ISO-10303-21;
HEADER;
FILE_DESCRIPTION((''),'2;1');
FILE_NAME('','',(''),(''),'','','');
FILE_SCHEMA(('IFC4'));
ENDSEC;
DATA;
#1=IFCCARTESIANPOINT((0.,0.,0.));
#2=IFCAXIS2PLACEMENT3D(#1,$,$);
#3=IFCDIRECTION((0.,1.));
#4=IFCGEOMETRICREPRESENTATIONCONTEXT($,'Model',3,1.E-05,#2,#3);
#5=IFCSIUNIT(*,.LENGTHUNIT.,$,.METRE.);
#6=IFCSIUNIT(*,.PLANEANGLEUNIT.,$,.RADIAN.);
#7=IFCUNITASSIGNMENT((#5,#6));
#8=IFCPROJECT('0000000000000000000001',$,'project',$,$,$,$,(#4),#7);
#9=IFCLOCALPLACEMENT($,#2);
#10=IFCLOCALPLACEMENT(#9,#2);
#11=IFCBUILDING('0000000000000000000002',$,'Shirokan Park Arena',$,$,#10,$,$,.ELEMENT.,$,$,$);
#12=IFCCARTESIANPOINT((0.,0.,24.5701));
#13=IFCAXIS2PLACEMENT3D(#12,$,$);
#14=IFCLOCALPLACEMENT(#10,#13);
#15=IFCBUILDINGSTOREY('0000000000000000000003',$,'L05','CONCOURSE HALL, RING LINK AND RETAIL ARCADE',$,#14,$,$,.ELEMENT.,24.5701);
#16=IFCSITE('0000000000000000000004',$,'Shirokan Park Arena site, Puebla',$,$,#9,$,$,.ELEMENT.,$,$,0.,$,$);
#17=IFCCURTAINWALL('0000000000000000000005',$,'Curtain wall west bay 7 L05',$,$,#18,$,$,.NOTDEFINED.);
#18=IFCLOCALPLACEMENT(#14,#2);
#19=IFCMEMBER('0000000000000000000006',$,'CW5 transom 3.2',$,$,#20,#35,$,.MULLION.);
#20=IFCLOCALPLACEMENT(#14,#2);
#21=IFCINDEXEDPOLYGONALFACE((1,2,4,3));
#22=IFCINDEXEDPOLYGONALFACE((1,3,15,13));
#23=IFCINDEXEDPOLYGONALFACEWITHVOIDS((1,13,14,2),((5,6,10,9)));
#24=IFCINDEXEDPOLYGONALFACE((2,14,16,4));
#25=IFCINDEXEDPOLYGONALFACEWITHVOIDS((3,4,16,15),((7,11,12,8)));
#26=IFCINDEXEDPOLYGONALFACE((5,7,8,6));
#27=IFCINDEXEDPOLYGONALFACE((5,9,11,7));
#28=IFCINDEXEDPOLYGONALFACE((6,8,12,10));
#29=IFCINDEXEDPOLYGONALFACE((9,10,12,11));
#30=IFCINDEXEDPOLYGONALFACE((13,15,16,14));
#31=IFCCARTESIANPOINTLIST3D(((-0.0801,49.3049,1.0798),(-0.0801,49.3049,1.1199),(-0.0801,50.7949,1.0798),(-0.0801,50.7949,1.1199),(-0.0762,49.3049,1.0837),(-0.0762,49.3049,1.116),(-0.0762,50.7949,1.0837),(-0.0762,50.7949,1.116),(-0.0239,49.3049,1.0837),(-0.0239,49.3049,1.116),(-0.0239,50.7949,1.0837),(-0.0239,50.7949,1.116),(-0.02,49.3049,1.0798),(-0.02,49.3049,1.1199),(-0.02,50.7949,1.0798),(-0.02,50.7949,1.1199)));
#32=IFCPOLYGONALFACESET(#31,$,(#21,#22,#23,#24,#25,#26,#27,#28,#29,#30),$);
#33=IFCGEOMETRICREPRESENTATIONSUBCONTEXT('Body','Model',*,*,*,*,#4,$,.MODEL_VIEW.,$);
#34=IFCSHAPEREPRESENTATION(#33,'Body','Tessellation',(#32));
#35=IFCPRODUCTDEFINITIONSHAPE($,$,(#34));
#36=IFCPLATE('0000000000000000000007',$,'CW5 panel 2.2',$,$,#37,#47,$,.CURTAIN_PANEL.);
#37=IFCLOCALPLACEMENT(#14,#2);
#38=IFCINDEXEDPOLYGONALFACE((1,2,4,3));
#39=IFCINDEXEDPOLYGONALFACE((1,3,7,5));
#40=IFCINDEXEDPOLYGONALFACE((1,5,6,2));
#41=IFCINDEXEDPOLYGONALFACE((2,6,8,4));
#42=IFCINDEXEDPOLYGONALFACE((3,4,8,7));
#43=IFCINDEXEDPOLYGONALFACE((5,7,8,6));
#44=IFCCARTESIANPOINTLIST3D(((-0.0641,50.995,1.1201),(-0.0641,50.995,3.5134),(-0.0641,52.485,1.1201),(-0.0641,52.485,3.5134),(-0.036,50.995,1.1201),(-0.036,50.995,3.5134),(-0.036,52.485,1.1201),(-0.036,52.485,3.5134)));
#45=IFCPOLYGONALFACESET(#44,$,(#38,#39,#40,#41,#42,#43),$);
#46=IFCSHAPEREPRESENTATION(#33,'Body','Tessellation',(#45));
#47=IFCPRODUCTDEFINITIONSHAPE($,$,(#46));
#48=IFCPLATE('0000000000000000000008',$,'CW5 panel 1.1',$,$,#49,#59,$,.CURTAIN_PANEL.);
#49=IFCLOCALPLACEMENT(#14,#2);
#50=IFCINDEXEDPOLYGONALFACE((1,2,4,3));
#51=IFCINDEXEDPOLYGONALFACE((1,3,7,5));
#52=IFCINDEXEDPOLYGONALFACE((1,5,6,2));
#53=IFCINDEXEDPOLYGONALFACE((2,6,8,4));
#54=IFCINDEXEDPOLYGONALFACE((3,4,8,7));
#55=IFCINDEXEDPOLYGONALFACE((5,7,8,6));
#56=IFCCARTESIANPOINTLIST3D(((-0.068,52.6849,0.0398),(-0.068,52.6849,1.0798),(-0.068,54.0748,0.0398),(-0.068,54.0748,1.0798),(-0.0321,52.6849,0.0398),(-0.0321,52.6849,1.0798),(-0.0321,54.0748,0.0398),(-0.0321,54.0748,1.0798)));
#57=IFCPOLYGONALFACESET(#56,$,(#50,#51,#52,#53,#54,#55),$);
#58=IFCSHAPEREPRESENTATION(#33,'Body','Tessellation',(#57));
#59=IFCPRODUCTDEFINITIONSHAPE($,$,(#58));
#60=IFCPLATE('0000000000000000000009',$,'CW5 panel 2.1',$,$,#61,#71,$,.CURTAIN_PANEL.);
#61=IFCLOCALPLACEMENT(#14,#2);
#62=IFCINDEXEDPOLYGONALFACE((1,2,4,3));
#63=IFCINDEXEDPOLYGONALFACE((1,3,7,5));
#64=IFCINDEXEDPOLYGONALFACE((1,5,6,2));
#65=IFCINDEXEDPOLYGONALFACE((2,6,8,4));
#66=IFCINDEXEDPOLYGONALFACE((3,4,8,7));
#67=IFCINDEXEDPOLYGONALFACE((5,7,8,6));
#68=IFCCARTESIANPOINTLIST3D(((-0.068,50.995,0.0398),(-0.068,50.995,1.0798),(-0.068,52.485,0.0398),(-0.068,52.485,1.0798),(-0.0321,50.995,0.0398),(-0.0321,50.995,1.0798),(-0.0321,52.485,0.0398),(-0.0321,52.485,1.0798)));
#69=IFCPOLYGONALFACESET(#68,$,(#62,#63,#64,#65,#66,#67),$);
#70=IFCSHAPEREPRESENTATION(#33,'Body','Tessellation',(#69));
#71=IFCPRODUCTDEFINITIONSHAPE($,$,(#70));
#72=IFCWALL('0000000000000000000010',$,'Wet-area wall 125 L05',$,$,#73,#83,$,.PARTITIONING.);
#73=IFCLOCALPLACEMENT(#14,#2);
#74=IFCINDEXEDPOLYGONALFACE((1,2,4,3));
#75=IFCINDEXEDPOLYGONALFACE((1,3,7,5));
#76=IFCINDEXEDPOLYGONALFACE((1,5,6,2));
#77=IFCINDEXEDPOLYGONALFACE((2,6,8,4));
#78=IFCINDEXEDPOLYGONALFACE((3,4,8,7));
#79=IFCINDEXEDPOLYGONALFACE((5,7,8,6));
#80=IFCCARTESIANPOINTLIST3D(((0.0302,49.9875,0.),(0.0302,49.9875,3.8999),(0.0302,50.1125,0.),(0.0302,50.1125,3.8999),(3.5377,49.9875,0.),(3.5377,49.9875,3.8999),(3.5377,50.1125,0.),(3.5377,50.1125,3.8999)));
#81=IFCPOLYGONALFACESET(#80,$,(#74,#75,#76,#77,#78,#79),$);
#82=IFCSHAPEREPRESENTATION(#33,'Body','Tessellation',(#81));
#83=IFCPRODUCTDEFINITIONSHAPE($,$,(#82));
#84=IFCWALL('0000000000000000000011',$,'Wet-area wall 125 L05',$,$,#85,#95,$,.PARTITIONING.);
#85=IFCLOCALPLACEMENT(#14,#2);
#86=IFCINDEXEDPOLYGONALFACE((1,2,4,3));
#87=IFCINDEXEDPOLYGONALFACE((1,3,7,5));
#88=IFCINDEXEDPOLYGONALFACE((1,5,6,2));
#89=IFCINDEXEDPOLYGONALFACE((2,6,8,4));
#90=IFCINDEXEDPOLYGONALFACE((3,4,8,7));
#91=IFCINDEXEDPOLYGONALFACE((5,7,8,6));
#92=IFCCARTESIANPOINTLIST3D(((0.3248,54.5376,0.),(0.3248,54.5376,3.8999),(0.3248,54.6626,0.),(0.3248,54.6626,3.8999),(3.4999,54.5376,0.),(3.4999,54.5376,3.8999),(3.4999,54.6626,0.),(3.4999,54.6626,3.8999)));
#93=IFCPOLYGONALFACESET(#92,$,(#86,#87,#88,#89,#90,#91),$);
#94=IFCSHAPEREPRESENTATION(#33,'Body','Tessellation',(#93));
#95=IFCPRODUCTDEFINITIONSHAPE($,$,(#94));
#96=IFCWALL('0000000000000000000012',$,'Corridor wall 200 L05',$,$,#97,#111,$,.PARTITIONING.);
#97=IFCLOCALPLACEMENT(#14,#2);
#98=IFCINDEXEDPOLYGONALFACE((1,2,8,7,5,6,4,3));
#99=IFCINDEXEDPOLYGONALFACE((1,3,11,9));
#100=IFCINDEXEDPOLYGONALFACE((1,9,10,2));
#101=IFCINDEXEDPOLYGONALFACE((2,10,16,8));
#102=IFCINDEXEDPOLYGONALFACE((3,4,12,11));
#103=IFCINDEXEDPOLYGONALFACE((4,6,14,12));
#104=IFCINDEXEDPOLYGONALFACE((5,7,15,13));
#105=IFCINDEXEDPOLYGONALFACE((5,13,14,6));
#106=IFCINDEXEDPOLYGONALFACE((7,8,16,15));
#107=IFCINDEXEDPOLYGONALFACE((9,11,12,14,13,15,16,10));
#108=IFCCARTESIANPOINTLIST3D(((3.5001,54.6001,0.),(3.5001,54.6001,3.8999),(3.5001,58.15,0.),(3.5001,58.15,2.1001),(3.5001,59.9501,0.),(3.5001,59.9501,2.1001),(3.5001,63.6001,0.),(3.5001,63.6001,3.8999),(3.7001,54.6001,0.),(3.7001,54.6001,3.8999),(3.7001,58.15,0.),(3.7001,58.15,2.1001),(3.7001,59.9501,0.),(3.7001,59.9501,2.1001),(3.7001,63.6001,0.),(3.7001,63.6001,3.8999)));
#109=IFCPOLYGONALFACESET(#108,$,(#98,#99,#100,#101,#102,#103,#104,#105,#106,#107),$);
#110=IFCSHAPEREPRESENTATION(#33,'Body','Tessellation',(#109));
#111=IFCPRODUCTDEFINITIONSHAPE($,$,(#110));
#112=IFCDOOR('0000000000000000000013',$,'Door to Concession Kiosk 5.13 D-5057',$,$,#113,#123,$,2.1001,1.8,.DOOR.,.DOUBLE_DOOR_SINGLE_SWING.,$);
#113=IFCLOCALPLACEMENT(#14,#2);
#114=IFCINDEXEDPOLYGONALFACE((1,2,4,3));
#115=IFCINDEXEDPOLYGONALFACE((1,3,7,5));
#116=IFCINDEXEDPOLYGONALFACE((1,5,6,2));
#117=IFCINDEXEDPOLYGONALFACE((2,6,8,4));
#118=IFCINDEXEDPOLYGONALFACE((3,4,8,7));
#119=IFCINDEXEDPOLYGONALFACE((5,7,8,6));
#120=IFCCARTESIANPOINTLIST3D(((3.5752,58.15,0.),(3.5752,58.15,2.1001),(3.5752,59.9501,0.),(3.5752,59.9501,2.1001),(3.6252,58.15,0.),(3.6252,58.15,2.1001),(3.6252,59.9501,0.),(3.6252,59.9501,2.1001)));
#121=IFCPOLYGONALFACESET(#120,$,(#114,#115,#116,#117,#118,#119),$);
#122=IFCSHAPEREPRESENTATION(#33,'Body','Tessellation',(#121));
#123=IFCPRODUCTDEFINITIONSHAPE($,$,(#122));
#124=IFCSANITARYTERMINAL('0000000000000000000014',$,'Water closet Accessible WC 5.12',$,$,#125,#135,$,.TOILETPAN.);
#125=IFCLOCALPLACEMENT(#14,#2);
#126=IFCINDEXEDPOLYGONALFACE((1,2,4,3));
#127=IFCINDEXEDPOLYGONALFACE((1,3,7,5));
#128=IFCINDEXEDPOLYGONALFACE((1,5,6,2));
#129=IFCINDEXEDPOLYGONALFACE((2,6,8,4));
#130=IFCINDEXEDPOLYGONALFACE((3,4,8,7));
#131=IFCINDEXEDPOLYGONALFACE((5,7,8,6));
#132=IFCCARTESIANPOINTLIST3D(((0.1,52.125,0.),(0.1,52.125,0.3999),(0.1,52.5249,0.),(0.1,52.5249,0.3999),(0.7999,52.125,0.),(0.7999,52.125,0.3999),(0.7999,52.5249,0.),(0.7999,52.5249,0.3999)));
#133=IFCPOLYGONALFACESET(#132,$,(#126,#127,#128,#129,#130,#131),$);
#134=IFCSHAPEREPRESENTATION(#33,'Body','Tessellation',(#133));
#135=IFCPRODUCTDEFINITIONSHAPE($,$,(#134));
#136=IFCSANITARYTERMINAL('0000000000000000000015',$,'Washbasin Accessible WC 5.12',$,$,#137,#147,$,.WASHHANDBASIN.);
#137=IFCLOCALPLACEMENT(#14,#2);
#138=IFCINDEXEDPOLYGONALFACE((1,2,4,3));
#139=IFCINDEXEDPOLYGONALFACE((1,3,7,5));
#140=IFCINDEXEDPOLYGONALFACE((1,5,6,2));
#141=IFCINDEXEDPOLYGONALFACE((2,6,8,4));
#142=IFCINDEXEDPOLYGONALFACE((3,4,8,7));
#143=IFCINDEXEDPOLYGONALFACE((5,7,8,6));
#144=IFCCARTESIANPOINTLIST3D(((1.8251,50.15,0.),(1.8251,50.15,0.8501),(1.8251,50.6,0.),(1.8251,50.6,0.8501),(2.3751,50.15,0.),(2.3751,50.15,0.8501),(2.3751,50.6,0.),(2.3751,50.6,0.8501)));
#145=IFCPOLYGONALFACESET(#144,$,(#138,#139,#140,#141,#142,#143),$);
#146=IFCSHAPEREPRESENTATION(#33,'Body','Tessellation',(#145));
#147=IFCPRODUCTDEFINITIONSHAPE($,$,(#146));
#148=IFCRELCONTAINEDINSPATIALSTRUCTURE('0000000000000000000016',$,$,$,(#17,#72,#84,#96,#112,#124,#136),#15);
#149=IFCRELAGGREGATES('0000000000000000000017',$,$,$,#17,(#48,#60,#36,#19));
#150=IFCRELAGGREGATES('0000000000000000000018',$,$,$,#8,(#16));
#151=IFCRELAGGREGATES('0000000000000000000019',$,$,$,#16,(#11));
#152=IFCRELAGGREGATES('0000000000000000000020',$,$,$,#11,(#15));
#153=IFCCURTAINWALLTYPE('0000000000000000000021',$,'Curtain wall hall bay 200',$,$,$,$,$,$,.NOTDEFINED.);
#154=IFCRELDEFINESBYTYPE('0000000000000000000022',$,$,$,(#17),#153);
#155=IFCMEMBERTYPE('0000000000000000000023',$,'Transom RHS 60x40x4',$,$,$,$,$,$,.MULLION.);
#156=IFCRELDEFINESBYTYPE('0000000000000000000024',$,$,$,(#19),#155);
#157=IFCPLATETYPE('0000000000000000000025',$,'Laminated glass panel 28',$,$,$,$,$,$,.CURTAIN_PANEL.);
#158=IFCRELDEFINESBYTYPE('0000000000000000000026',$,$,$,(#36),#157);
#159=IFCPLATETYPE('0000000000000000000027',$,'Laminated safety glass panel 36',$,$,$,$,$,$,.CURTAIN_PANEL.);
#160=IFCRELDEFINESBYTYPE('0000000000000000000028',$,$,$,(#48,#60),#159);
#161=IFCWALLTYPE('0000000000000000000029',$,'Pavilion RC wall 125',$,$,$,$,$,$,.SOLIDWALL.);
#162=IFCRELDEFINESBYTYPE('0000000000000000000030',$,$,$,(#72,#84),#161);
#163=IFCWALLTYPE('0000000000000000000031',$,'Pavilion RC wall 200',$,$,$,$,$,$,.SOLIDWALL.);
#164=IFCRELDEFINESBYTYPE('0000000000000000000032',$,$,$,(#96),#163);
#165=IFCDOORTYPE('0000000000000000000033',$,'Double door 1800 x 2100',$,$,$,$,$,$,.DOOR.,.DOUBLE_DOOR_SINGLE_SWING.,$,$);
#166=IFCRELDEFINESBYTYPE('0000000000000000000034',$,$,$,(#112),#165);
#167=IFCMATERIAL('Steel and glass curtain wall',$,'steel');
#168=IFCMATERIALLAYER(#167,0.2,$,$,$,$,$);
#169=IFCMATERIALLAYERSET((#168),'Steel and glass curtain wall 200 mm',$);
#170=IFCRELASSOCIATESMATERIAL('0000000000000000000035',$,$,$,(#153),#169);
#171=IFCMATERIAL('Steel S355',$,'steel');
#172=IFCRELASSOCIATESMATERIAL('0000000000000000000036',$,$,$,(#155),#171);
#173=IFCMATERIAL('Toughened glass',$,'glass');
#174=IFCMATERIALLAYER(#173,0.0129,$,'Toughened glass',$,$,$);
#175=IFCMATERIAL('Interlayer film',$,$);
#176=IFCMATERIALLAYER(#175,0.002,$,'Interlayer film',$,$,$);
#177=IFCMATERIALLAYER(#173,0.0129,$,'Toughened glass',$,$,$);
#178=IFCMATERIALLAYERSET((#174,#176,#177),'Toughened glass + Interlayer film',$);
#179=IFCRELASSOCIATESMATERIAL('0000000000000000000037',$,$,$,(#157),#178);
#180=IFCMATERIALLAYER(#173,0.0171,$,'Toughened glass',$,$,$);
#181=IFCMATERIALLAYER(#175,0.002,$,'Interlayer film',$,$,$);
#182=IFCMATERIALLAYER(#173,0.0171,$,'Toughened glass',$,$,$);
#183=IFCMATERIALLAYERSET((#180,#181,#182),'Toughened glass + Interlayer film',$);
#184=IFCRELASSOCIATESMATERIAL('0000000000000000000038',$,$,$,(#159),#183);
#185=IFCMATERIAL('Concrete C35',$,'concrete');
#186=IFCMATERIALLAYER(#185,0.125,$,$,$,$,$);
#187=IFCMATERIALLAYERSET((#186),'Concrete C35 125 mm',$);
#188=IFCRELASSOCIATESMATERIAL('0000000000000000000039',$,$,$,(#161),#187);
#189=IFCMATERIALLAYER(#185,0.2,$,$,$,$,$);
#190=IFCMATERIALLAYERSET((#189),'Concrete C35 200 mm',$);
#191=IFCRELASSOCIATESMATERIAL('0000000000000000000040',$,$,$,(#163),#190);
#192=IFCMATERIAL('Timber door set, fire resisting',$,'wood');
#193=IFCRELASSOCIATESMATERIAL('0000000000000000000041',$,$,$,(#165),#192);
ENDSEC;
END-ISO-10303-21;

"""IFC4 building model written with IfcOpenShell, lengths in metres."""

from ifc_helpers import new_model, si_unit, direction, frame, frame_2d, origin, origin_2d, place, context, subcontext, project, spatial, rectangle, hollow_rectangle, extrude, material, layer, layer_set, material_profile, profile_set, type_object, element, fill, aggregate, save


model = new_model("IFC4")

# Units and contexts
model_context = context("Model", 3, precision=1e-05, world=origin(), true_north=direction((0.0, 1.0)))
body_context = subcontext(model_context, "Body", "Model", "MODEL_VIEW")
ifc_project = project(units=[si_unit("LENGTHUNIT", "METRE"), si_unit("PLANEANGLEUNIT", "RADIAN")], contexts=[model_context])

# Site, building, storey
site_placement = place(None, origin())
site = spatial("IfcSite", under=ifc_project, at=site_placement, Name="Shirokan Park Arena site, Puebla", CompositionType="ELEMENT", RefElevation=0.0)
building_placement = place(site_placement, origin())
building = spatial("IfcBuilding", under=site, at=building_placement, Name="Shirokan Park Arena", CompositionType="ELEMENT")
storey_placement = place(building_placement, frame((0.0, 0.0, 24.5701)))
storey = spatial("IfcBuildingStorey", under=building, at=storey_placement, Name="L05", Description="CONCOURSE HALL, RING LINK AND RETAIL ARCADE", CompositionType="ELEMENT", Elevation=24.5701)

# Shared definitions
ifc_material_1 = material(Name="Concrete C35", Category="concrete")

# Curtain wall
ifc_material_2 = material(Name="Steel and glass curtain wall", Category="steel")
ifc_layer_1 = layer(ifc_material_2, 0.2)
ifc_layer_set_1 = layer_set([ifc_layer_1], Name="Steel and glass curtain wall 200 mm")
curtain_wall_type = type_object("IfcCurtainWallType", Name="Curtain wall hall bay 200", PredefinedType="NOTDEFINED", material=ifc_layer_set_1)
curtain_wall_placement = place(storey_placement, origin())
curtain_wall = element("IfcCurtainWall", 1, at=curtain_wall_placement, inside=storey, type_object=curtain_wall_type, Name="Curtain wall west bay 7 L05", PredefinedType="NOTDEFINED")
ifc_material_3 = material(Name="Steel S355", Category="steel")

# Member
ifc_material_profile_1 = material_profile(ifc_material_3, hollow_rectangle(XDim=0.0601, YDim=0.04, WallThickness=0.0039, at=origin_2d()), Name="RHS 60x40x4")
ifc_profile_set_1 = profile_set([ifc_material_profile_1], Name="Steel S355")
member_type_1 = type_object("IfcMemberType", Name="Transom RHS 60x40x4", PredefinedType="MULLION", material=ifc_profile_set_1)
member_1_placement = place(storey_placement, frame((-0.05, 50.7949, 1.0999), z_axis=(0.0, -1.0, 0.0), x_axis=(1.0, 0.0, 0.0)))
member_1 = element("IfcMember", 2, at=member_1_placement, type_object=member_type_1, Name="CW5 transom 3.2", PredefinedType="MULLION", context=body_context, shape_type="SweptSolid", body=[
    extrude(hollow_rectangle(XDim=0.0601, YDim=0.04, WallThickness=0.0039, at=origin_2d()), origin(), (0.0, 0.0, 1.0), 1.49),
])

# Plates
ifc_material_4 = material(Name="Toughened glass", Category="glass")
ifc_layer_2 = layer(ifc_material_4, 0.0129, Name="Toughened glass")
ifc_material_5 = material(Name="Interlayer film")
ifc_layer_3 = layer(ifc_material_5, 0.002, Name="Interlayer film")
ifc_layer_4 = layer(ifc_material_4, 0.0129, Name="Toughened glass")
ifc_layer_set_2 = layer_set([ifc_layer_2, ifc_layer_3, ifc_layer_4], Name="Toughened glass + Interlayer film")
plate_type_1 = type_object("IfcPlateType", Name="Laminated glass panel 28", PredefinedType="CURTAIN_PANEL", material=ifc_layer_set_2)
plate_1_placement = place(storey_placement, frame((-0.05, 51.74, 1.1201), z_axis=(0.0, 0.0, 1.0), x_axis=(0.0, -1.0, 0.0)))
plate_1 = element("IfcPlate", 3, at=plate_1_placement, type_object=plate_type_1, Name="CW5 panel 2.2", PredefinedType="CURTAIN_PANEL", context=body_context, shape_type="SweptSolid", body=[
    extrude(rectangle(XDim=1.49, YDim=0.0281, at=origin_2d()), origin(), (0.0, 0.0, 1.0), 2.3933),
])
ifc_layer_5 = layer(ifc_material_4, 0.0171, Name="Toughened glass")
ifc_layer_6 = layer(ifc_material_5, 0.002, Name="Interlayer film")
ifc_layer_7 = layer(ifc_material_4, 0.0171, Name="Toughened glass")
ifc_layer_set_3 = layer_set([ifc_layer_5, ifc_layer_6, ifc_layer_7], Name="Toughened glass + Interlayer film")
plate_type_2 = type_object("IfcPlateType", Name="Laminated safety glass panel 36", PredefinedType="CURTAIN_PANEL", material=ifc_layer_set_3)
plate_2_placement = place(storey_placement, frame((-0.05, 53.3799, 0.0398), z_axis=(0.0, 0.0, 1.0), x_axis=(0.0, -1.0, 0.0)))
plate_2 = element("IfcPlate", 4, at=plate_2_placement, type_object=plate_type_2, Name="CW5 panel 1.1", PredefinedType="CURTAIN_PANEL", context=body_context, shape_type="SweptSolid", body=[
    extrude(rectangle(XDim=1.3899, YDim=0.0359, at=origin_2d()), origin(), (0.0, 0.0, 1.0), 1.04),
])
plate_3_placement = place(storey_placement, frame((-0.05, 51.74, 0.0398), z_axis=(0.0, 0.0, 1.0), x_axis=(0.0, -1.0, 0.0)))
plate_3 = element("IfcPlate", 5, at=plate_3_placement, type_object=plate_type_2, Name="CW5 panel 2.1", PredefinedType="CURTAIN_PANEL", context=body_context, shape_type="SweptSolid", body=[
    extrude(rectangle(XDim=1.49, YDim=0.0359, at=origin_2d()), origin(), (0.0, 0.0, 1.0), 1.04),
])
aggregate(curtain_wall, [plate_2, plate_3, plate_1, member_1])

# Walls
ifc_layer_8 = layer(ifc_material_1, 0.125)
ifc_layer_set_4 = layer_set([ifc_layer_8], Name="Concrete C35 125 mm")
wall_type_1 = type_object("IfcWallType", Name="Pavilion RC wall 125", PredefinedType="SOLIDWALL", material=ifc_layer_set_4)
wall_1_placement = place(storey_placement, frame((0.03, 50.05, 0.0), z_axis=(0.0, 0.0, 1.0), x_axis=(1.0, 0.0, 0.0)))
element("IfcWall", 6, at=wall_1_placement, inside=storey, type_object=wall_type_1, Name="Wet-area wall 125 L05", PredefinedType="PARTITIONING", context=body_context, shape_type="SweptSolid", body=[
    extrude(rectangle(XDim=3.5076, YDim=0.125, at=frame_2d((1.7539, 0.0))), origin(), (0.0, 0.0, 1.0), 3.8999),
])
wall_2_placement = place(storey_placement, frame((0.325, 54.6001, 0.0), z_axis=(0.0, 0.0, 1.0), x_axis=(1.0, 0.0, 0.0)))
element("IfcWall", 7, at=wall_2_placement, inside=storey, type_object=wall_type_1, Name="Wet-area wall 125 L05", PredefinedType="PARTITIONING", context=body_context, shape_type="SweptSolid", body=[
    extrude(rectangle(XDim=3.175, YDim=0.125, at=frame_2d((1.5874, 0.0))), origin(), (0.0, 0.0, 1.0), 3.8999),
])

# Wall, opening, door
ifc_layer_9 = layer(ifc_material_1, 0.2)
ifc_layer_set_5 = layer_set([ifc_layer_9], Name="Concrete C35 200 mm")
wall_type_2 = type_object("IfcWallType", Name="Pavilion RC wall 200", PredefinedType="SOLIDWALL", material=ifc_layer_set_5)
wall_3_placement = place(storey_placement, frame((3.6001, 54.6001, 0.0), z_axis=(0.0, 0.0, 1.0), x_axis=(0.0, 1.0, 0.0)))
wall_3 = element("IfcWall", 8, at=wall_3_placement, inside=storey, type_object=wall_type_2, Name="Corridor wall 200 L05", PredefinedType="PARTITIONING", context=body_context, shape_type="SweptSolid", body=[
    extrude(rectangle(XDim=9.0, YDim=0.2, at=frame_2d((4.5, 0.0))), origin(), (0.0, 0.0, 1.0), 3.8999),
])
opening_placement = place(wall_3_placement, frame((3.55, 0.0, 0.0)))
opening = element("IfcOpeningElement", 9, at=opening_placement, cuts=wall_3, PredefinedType="OPENING", context=body_context, shape_type="SweptSolid", body=[
    extrude(rectangle(XDim=1.8, YDim=2.1001, at=frame_2d((0.8999, 1.05))), frame((0.0, 0.1099, 0.0), z_axis=(0.0, -1.0, 0.0), x_axis=(1.0, 0.0, 0.0)), (0.0, 0.0, 1.0), 0.22),
])
ifc_material_6 = material(Name="Timber door set, fire resisting", Category="wood")
door_type = type_object("IfcDoorType", Name="Double door 1800 x 2100", OperationType="DOUBLE_DOOR_SINGLE_SWING", PredefinedType="DOOR", material=ifc_material_6)
door_placement = place(opening_placement, origin())
door = element("IfcDoor", 10, at=door_placement, inside=storey, type_object=door_type, Name="Door to Concession Kiosk 5.13 D-5057", OperationType="DOUBLE_DOOR_SINGLE_SWING", OverallHeight=2.1001, OverallWidth=1.8, PredefinedType="DOOR", context=body_context, shape_type="SweptSolid", body=[
    extrude(rectangle(XDim=1.8, YDim=2.1001, at=frame_2d((0.8999, 1.05))), frame((0.0, 0.0249, 0.0), z_axis=(0.0, -1.0, 0.0), x_axis=(1.0, 0.0, 0.0)), (0.0, 0.0, 1.0), 0.05),
])
fill(opening, door)

# Sanitary terminals
sanitary_terminal_1_placement = place(storey_placement, frame((0.45, 52.325, 0.0), z_axis=(0.0, 0.0, 1.0), x_axis=(1.0, 0.0, 0.0)))
element("IfcSanitaryTerminal", 11, at=sanitary_terminal_1_placement, inside=storey, Name="Water closet Accessible WC 5.12", PredefinedType="TOILETPAN", context=body_context, shape_type="SweptSolid", body=[
    extrude(rectangle(XDim=0.7, YDim=0.3999, at=origin_2d()), origin(), (0.0, 0.0, 1.0), 0.3999),
])
sanitary_terminal_2_placement = place(storey_placement, frame((2.1001, 50.375, 0.0), z_axis=(0.0, 0.0, 1.0), x_axis=(1.0, 0.0, 0.0)))
element("IfcSanitaryTerminal", 12, at=sanitary_terminal_2_placement, inside=storey, Name="Washbasin Accessible WC 5.12", PredefinedType="WASHHANDBASIN", context=body_context, shape_type="SweptSolid", body=[
    extrude(rectangle(XDim=0.55, YDim=0.45, at=origin_2d()), origin(), (0.0, 0.0, 1.0), 0.8501),
])

save(model, "model.ifc")
